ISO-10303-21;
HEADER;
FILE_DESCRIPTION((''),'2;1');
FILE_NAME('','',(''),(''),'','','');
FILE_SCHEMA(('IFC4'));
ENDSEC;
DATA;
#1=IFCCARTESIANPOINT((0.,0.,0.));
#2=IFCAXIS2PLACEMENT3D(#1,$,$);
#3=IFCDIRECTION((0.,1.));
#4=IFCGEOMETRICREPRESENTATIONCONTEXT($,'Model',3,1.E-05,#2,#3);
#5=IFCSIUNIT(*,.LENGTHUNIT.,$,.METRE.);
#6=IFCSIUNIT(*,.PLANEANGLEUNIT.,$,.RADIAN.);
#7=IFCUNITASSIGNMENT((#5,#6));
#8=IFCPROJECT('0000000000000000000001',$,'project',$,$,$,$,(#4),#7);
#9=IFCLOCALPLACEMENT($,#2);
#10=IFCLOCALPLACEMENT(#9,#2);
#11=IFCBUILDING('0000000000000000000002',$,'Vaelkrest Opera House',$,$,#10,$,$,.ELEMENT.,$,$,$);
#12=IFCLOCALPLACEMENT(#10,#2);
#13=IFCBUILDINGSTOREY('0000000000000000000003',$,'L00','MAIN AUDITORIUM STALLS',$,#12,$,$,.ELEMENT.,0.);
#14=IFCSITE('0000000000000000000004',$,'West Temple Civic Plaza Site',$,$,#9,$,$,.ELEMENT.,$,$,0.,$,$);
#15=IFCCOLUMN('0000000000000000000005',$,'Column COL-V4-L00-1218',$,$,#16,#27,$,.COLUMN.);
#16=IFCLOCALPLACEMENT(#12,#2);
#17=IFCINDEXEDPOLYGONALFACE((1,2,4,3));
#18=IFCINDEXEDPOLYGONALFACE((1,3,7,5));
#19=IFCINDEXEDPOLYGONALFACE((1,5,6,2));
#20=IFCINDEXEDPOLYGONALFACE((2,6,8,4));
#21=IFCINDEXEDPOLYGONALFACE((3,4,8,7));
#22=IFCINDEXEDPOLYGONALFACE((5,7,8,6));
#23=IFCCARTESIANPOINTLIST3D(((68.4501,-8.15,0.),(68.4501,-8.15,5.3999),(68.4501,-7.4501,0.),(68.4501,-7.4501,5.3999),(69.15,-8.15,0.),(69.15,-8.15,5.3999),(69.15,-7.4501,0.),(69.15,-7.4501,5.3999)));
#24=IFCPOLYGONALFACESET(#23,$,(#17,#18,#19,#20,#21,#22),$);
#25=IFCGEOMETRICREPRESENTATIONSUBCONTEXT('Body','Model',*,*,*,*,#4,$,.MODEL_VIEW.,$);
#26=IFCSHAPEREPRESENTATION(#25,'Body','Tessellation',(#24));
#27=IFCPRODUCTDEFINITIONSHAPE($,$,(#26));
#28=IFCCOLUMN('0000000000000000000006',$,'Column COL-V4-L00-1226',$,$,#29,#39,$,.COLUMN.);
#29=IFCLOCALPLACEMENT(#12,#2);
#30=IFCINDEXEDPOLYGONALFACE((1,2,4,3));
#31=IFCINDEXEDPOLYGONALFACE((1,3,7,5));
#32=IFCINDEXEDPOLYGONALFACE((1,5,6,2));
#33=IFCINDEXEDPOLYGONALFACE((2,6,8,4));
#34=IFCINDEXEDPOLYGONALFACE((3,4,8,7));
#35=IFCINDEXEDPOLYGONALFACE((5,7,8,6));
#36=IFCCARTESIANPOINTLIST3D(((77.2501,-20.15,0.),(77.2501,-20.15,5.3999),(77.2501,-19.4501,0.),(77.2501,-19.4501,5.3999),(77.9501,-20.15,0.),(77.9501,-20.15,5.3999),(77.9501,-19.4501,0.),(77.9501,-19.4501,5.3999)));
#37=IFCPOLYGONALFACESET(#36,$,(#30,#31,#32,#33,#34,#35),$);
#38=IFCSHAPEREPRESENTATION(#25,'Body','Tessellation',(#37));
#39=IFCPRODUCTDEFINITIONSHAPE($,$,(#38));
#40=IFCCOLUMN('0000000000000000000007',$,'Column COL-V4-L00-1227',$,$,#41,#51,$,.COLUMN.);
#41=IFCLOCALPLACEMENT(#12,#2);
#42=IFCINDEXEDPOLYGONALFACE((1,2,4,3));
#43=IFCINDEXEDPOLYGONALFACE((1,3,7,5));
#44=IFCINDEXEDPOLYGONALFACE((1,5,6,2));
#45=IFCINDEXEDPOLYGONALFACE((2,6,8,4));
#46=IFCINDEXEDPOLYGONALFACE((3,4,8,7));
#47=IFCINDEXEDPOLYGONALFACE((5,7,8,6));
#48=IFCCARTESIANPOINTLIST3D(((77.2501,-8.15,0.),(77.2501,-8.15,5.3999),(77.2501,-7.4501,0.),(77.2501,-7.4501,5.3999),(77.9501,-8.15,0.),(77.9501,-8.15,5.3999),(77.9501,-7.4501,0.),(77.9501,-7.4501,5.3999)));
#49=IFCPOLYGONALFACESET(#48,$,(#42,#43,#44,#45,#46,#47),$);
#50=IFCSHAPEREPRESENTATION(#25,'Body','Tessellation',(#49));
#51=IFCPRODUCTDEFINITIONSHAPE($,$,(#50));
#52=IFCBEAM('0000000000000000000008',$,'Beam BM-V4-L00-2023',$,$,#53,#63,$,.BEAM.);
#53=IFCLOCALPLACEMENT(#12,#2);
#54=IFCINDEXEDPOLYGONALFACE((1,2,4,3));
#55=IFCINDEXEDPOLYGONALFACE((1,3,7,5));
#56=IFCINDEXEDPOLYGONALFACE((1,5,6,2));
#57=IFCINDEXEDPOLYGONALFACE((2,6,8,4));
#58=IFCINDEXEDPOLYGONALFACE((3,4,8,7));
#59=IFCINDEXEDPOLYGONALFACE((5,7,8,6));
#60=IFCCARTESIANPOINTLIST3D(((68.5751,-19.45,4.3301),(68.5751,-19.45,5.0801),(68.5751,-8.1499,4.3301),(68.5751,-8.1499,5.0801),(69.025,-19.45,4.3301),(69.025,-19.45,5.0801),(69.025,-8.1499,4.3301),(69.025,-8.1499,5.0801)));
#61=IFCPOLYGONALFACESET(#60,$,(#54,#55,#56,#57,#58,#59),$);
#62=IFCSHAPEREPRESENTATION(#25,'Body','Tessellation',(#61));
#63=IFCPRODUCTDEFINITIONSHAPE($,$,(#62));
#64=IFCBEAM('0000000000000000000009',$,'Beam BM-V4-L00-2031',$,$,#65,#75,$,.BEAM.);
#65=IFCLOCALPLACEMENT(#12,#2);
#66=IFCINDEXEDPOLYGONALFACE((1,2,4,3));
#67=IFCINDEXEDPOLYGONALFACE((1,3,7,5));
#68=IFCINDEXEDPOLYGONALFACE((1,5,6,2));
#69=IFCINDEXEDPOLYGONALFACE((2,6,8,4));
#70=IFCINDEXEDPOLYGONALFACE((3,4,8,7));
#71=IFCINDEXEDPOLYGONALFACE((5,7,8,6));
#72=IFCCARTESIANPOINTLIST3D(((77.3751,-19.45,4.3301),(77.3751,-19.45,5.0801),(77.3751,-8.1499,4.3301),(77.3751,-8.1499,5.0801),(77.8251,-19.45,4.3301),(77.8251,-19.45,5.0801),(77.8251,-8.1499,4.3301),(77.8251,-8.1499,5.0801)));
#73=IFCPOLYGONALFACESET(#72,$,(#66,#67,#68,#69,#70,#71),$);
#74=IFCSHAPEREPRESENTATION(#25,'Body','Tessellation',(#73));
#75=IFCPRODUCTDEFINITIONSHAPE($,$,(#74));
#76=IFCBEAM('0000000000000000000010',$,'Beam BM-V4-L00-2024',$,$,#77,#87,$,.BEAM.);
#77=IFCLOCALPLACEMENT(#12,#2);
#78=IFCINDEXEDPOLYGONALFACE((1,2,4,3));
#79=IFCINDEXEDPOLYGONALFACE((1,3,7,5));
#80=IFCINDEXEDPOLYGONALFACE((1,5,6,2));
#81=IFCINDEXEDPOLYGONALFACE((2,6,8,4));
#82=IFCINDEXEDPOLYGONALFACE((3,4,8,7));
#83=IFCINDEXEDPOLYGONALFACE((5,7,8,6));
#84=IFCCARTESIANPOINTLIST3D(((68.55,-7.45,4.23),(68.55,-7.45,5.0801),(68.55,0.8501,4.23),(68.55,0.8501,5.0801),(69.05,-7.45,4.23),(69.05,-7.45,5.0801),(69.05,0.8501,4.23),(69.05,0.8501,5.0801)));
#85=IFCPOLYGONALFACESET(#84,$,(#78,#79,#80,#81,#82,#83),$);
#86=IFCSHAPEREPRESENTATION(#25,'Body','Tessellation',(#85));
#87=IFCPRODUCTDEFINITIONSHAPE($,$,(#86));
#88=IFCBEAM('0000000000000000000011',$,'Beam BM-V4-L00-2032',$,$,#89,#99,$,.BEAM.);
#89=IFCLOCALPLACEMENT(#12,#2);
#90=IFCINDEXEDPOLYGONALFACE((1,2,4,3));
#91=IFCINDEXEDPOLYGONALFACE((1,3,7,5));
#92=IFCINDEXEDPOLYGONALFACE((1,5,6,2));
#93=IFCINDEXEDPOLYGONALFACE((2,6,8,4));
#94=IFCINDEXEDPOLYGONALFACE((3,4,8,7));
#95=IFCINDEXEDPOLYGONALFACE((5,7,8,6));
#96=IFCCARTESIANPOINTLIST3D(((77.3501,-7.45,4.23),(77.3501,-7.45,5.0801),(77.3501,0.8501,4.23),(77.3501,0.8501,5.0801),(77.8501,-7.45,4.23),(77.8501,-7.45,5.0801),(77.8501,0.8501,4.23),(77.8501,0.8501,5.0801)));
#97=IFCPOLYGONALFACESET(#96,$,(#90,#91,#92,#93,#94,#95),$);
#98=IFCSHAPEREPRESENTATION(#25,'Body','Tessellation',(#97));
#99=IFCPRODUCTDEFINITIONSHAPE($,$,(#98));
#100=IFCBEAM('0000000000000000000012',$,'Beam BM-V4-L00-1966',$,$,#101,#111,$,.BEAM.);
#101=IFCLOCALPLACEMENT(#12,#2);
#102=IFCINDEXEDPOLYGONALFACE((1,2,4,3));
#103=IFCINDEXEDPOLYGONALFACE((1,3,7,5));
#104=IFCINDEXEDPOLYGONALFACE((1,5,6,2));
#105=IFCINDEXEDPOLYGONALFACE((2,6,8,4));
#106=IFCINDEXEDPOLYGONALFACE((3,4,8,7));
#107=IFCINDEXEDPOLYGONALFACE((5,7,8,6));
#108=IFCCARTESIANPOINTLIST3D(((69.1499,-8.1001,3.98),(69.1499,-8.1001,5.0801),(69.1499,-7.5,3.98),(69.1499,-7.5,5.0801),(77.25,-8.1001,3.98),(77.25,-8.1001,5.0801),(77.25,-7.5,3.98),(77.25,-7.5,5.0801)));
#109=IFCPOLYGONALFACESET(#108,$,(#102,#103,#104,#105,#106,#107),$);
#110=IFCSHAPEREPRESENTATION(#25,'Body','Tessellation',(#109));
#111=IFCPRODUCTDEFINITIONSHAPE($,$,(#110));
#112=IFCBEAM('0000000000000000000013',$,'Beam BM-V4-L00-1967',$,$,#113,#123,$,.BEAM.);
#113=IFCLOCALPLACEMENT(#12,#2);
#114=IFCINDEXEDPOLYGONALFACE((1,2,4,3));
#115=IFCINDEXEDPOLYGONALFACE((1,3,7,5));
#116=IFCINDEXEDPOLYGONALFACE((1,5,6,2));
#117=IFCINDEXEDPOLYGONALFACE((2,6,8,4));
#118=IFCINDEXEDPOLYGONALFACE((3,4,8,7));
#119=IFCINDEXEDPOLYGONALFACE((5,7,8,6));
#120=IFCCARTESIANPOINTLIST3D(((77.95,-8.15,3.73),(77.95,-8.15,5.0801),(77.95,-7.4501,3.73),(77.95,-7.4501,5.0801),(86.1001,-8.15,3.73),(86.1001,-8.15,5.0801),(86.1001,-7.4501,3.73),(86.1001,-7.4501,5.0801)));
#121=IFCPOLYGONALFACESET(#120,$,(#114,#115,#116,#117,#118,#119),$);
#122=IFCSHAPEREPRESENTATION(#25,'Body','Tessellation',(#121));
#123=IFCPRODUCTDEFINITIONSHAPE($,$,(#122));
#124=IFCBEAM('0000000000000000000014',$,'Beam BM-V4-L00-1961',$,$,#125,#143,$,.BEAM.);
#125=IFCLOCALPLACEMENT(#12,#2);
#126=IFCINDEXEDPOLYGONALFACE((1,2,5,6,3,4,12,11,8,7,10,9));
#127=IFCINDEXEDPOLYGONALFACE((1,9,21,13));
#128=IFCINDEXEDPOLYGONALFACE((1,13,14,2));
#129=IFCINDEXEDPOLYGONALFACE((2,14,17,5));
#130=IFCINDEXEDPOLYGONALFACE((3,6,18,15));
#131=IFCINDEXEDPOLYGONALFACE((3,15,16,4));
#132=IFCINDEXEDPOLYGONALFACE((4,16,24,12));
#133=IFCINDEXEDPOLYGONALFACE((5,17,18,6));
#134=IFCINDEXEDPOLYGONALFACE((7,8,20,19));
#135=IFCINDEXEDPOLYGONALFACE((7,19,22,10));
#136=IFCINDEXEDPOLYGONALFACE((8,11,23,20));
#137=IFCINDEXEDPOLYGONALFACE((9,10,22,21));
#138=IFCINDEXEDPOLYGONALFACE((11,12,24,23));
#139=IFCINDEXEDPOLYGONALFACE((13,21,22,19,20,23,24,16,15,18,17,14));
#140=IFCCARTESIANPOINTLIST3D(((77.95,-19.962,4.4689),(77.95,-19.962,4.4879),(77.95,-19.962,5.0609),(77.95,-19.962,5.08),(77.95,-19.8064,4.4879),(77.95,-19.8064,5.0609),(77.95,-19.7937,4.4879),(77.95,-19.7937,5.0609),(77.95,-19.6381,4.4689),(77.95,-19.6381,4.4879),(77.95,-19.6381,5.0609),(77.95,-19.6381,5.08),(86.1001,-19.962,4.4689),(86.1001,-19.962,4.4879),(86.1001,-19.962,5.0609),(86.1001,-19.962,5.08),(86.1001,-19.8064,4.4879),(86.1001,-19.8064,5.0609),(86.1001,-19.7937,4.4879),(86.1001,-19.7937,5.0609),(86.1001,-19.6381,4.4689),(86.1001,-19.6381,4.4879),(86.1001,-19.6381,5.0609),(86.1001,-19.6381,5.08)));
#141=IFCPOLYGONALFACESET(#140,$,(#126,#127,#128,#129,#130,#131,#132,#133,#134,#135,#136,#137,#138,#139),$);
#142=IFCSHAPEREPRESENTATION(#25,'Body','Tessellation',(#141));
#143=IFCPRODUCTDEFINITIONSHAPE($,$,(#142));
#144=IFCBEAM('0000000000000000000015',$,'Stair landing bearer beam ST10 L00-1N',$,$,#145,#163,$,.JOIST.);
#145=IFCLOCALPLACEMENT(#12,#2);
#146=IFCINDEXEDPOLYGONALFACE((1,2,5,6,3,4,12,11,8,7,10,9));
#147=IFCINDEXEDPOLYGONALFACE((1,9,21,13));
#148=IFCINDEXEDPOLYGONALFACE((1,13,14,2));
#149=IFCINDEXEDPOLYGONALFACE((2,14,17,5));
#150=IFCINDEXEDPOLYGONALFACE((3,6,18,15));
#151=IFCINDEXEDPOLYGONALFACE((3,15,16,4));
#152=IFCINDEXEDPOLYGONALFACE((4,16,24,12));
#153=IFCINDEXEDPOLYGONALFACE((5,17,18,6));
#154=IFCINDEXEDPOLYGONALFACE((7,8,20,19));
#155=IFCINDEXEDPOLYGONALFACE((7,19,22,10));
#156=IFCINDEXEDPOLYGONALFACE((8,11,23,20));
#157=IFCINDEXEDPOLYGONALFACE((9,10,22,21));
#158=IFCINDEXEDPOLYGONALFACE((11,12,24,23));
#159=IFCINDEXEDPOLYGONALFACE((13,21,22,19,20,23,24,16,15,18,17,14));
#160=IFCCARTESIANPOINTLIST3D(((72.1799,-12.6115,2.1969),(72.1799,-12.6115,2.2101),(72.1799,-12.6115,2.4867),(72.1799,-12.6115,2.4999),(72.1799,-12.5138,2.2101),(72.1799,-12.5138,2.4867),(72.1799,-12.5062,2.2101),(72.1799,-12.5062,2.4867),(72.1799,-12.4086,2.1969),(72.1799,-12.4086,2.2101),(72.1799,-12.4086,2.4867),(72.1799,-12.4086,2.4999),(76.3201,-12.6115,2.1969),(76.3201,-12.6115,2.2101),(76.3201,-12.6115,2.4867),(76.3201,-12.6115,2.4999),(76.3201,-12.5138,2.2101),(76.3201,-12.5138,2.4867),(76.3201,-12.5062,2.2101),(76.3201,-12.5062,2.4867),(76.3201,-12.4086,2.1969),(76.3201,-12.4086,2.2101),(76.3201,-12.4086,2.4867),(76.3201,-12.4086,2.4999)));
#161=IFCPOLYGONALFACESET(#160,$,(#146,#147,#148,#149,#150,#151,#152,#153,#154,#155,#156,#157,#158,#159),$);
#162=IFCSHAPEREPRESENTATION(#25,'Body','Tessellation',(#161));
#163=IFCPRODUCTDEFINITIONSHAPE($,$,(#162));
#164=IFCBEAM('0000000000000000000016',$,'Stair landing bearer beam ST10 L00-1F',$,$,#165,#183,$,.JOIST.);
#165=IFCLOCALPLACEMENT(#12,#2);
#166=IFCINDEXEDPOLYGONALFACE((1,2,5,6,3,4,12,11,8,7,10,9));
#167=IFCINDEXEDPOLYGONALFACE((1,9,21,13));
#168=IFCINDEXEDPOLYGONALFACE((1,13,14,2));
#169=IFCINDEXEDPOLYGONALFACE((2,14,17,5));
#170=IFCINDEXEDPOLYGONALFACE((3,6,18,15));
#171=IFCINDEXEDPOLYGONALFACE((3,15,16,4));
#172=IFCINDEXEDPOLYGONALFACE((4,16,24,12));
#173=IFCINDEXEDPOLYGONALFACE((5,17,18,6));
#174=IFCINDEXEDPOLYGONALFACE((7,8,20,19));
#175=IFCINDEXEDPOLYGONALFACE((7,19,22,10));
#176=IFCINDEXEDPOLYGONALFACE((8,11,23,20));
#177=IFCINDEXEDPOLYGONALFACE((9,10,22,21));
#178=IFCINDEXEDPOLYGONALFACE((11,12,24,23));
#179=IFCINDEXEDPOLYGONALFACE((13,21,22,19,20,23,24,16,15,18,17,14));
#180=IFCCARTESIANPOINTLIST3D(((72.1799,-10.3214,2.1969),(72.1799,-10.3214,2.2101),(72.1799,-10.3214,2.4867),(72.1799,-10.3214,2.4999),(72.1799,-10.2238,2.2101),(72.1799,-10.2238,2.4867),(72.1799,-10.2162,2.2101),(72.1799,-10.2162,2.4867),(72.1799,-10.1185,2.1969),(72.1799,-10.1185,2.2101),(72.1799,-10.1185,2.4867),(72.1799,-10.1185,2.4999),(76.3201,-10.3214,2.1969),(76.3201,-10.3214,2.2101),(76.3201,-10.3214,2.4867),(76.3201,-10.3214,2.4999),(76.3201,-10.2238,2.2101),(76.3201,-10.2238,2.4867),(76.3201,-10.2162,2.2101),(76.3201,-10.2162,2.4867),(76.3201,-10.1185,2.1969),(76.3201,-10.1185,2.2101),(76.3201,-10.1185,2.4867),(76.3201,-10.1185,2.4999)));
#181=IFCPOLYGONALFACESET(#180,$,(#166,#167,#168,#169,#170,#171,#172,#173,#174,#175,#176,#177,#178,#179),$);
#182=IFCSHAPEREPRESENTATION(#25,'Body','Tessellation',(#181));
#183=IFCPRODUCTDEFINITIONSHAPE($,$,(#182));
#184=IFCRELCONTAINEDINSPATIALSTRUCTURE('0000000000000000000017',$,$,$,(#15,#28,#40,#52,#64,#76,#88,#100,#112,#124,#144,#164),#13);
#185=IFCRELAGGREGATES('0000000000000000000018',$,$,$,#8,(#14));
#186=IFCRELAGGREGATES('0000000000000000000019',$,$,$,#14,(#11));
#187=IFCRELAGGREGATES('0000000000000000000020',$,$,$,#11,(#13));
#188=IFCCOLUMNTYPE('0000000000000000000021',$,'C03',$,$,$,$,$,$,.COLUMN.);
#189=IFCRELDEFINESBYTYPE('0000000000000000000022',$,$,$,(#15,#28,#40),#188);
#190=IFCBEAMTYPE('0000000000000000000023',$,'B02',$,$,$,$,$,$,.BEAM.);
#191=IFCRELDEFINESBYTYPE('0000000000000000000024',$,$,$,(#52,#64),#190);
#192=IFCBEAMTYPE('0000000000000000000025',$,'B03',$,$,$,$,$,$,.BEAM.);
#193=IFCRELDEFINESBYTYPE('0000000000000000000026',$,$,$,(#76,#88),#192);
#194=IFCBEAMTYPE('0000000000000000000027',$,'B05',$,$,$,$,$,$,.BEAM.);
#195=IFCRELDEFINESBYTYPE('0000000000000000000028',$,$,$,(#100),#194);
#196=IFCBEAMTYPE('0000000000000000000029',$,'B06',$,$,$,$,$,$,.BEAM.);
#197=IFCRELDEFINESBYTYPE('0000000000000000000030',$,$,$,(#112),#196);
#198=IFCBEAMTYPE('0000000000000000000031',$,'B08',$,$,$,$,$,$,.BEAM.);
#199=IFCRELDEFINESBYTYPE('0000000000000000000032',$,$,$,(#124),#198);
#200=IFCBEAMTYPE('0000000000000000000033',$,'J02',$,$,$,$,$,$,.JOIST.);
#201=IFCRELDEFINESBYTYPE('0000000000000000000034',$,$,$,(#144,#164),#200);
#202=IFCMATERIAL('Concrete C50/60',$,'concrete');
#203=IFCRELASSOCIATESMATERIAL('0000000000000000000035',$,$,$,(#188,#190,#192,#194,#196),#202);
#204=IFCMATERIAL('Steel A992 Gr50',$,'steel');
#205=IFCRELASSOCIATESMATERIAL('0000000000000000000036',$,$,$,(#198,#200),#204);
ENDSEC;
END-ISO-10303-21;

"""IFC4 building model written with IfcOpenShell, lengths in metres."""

from ifc_helpers import new_model, si_unit, direction, frame, origin, origin_2d, place, context, subcontext, project, spatial, rectangle, i_section, extrude, material, material_profile, profile_set, type_object, element, save


model = new_model("IFC4")

# Units and contexts
model_context = context("Model", 3, precision=1e-05, world=origin(), true_north=direction((0.0, 1.0)))
body_context = subcontext(model_context, "Body", "Model", "MODEL_VIEW")
ifc_project = project(units=[si_unit("LENGTHUNIT", "METRE"), si_unit("PLANEANGLEUNIT", "RADIAN")], contexts=[model_context])

# Site, building, storey
site_placement = place(None, origin())
site = spatial("IfcSite", under=ifc_project, at=site_placement, Name="West Temple Civic Plaza Site", CompositionType="ELEMENT", RefElevation=0.0)
building_placement = place(site_placement, origin())
building = spatial("IfcBuilding", under=site, at=building_placement, Name="Vaelkrest Opera House", CompositionType="ELEMENT")
storey_placement = place(building_placement, origin())
storey = spatial("IfcBuildingStorey", under=building, at=storey_placement, Name="L00", Description="MAIN AUDITORIUM STALLS", CompositionType="ELEMENT", Elevation=0.0)

# Columns
ifc_material_1 = material(Name="Concrete C50/60", Category="concrete")
ifc_material_profile_1 = material_profile(ifc_material_1, rectangle(XDim=0.7, YDim=0.7, at=origin_2d()), Name="RC700X700")
ifc_profile_set_1 = profile_set([ifc_material_profile_1], Name="Concrete C50/60")
column_type = type_object("IfcColumnType", Name="C03", PredefinedType="COLUMN", material=ifc_profile_set_1)
for number, where, z_axis, x_axis, name in (
    (1, (68.8, -7.8, 0.0), (0.0, 0.0, 1.0), (1.0, 0.0, 0.0), "Column COL-V4-L00-1218"),
    (2, (77.6001, -19.8, 0.0), (0.0, 0.0, 1.0), (1.0, 0.0, 0.0), "Column COL-V4-L00-1226"),
    (3, (77.6001, -7.8, 0.0), (0.0, 0.0, 1.0), (1.0, 0.0, 0.0), "Column COL-V4-L00-1227"),
):
    element("IfcColumn", number, at=place(storey_placement, frame(where, z_axis=z_axis, x_axis=x_axis)), inside=storey, type_object=column_type, Name=name, PredefinedType="COLUMN", context=body_context, shape_type="SweptSolid", body=[
        extrude(rectangle(XDim=0.7, YDim=0.7, at=origin_2d()), origin(), (0.0, 0.0, 1.0), 5.3999),
    ])

# Beams
ifc_material_profile_2 = material_profile(ifc_material_1, rectangle(XDim=0.45, YDim=0.75, at=origin_2d()), Name="RCB450X750")
ifc_profile_set_2 = profile_set([ifc_material_profile_2], Name="Concrete C50/60")
beam_type_1 = type_object("IfcBeamType", Name="B02", PredefinedType="BEAM", material=ifc_profile_set_2)
for number, where, z_axis, x_axis, name in (
    (4, (68.8, -19.45, 4.7051), (0.0, 1.0, 0.0), (-1.0, 0.0, 0.0), "Beam BM-V4-L00-2023"),
    (5, (77.6001, -19.45, 4.7051), (0.0, 1.0, 0.0), (-1.0, 0.0, 0.0), "Beam BM-V4-L00-2031"),
):
    element("IfcBeam", number, at=place(storey_placement, frame(where, z_axis=z_axis, x_axis=x_axis)), inside=storey, type_object=beam_type_1, Name=name, PredefinedType="BEAM", context=body_context, shape_type="SweptSolid", body=[
        extrude(rectangle(XDim=0.45, YDim=0.75, at=origin_2d()), origin(), (0.0, 0.0, 1.0), 11.3),
    ])
ifc_material_profile_3 = material_profile(ifc_material_1, rectangle(XDim=0.5, YDim=0.8501, at=origin_2d()), Name="RCB500X850")
ifc_profile_set_3 = profile_set([ifc_material_profile_3], Name="Concrete C50/60")
beam_type_2 = type_object("IfcBeamType", Name="B03", PredefinedType="BEAM", material=ifc_profile_set_3)
for number, where, z_axis, x_axis, name in (
    (6, (68.8, -7.45, 4.655), (0.0, 1.0, 0.0), (-1.0, 0.0, 0.0), "Beam BM-V4-L00-2024"),
    (7, (77.6001, -7.45, 4.655), (0.0, 1.0, 0.0), (-1.0, 0.0, 0.0), "Beam BM-V4-L00-2032"),
):
    element("IfcBeam", number, at=place(storey_placement, frame(where, z_axis=z_axis, x_axis=x_axis)), inside=storey, type_object=beam_type_2, Name=name, PredefinedType="BEAM", context=body_context, shape_type="SweptSolid", body=[
        extrude(rectangle(XDim=0.5, YDim=0.8501, at=origin_2d()), origin(), (0.0, 0.0, 1.0), 8.3),
    ])
ifc_material_profile_4 = material_profile(ifc_material_1, rectangle(XDim=0.6001, YDim=1.1001, at=origin_2d()), Name="RCB600X1100")
ifc_profile_set_4 = profile_set([ifc_material_profile_4], Name="Concrete C50/60")
beam_type_3 = type_object("IfcBeamType", Name="B05", PredefinedType="BEAM", material=ifc_profile_set_4)
beam_1_placement = place(storey_placement, frame((69.1499, -7.8, 4.53), z_axis=(1.0, 0.0, 0.0), x_axis=(0.0, 1.0, 0.0)))
element("IfcBeam", 8, at=beam_1_placement, inside=storey, type_object=beam_type_3, Name="Beam BM-V4-L00-1966", PredefinedType="BEAM", context=body_context, shape_type="SweptSolid", body=[
    extrude(rectangle(XDim=0.6001, YDim=1.1001, at=origin_2d()), origin(), (0.0, 0.0, 1.0), 8.1001),
])
ifc_material_profile_5 = material_profile(ifc_material_1, rectangle(XDim=0.7, YDim=1.3501, at=origin_2d()), Name="RCB700X1350")
ifc_profile_set_5 = profile_set([ifc_material_profile_5], Name="Concrete C50/60")
beam_type_4 = type_object("IfcBeamType", Name="B06", PredefinedType="BEAM", material=ifc_profile_set_5)
beam_2_placement = place(storey_placement, frame((77.95, -7.8, 4.405), z_axis=(1.0, 0.0, 0.0), x_axis=(0.0, 1.0, 0.0)))
element("IfcBeam", 9, at=beam_2_placement, inside=storey, type_object=beam_type_4, Name="Beam BM-V4-L00-1967", PredefinedType="BEAM", context=body_context, shape_type="SweptSolid", body=[
    extrude(rectangle(XDim=0.7, YDim=1.3501, at=origin_2d()), origin(), (0.0, 0.0, 1.0), 8.1501),
])
ifc_material_2 = material(Name="Steel A992 Gr50", Category="steel")
ifc_material_profile_6 = material_profile(ifc_material_2, i_section(OverallWidth=0.324, OverallDepth=0.6111, WebThickness=0.0127, FlangeThickness=0.019, at=origin_2d()), Name="W24X104")
ifc_profile_set_6 = profile_set([ifc_material_profile_6], Name="Steel A992 Gr50")
beam_type_5 = type_object("IfcBeamType", Name="B08", PredefinedType="BEAM", material=ifc_profile_set_6)
beam_3_placement = place(storey_placement, frame((77.95, -19.8, 4.7744), z_axis=(1.0, 0.0, 0.0), x_axis=(0.0, 1.0, 0.0)))
element("IfcBeam", 10, at=beam_3_placement, inside=storey, type_object=beam_type_5, Name="Beam BM-V4-L00-1961", PredefinedType="BEAM", context=body_context, shape_type="SweptSolid", body=[
    extrude(i_section(OverallWidth=0.324, OverallDepth=0.6111, WebThickness=0.0127, FlangeThickness=0.019, at=origin_2d()), origin(), (0.0, 0.0, 1.0), 8.1501),
])
ifc_material_profile_7 = material_profile(ifc_material_2, i_section(OverallWidth=0.2029, OverallDepth=0.303, WebThickness=0.0076, FlangeThickness=0.0132, at=origin_2d()), Name="W12X40")
ifc_profile_set_7 = profile_set([ifc_material_profile_7], Name="Steel A992 Gr50")
beam_type_6 = type_object("IfcBeamType", Name="J02", PredefinedType="JOIST", material=ifc_profile_set_7)
for number, where, z_axis, x_axis, name in (
    (11, (72.1799, -12.51, 2.3484), (1.0, 0.0, 0.0), (0.0, 1.0, 0.0), "Stair landing bearer beam ST10 L00-1N"),
    (12, (72.1799, -10.22, 2.3484), (1.0, 0.0, 0.0), (0.0, 1.0, 0.0), "Stair landing bearer beam ST10 L00-1F"),
):
    element("IfcBeam", number, at=place(storey_placement, frame(where, z_axis=z_axis, x_axis=x_axis)), inside=storey, type_object=beam_type_6, Name=name, PredefinedType="JOIST", context=body_context, shape_type="SweptSolid", body=[
        extrude(i_section(OverallWidth=0.2029, OverallDepth=0.303, WebThickness=0.0076, FlangeThickness=0.0132, at=origin_2d()), origin(), (0.0, 0.0, 1.0), 4.1401),
    ])

save(model, "model.ifc")
